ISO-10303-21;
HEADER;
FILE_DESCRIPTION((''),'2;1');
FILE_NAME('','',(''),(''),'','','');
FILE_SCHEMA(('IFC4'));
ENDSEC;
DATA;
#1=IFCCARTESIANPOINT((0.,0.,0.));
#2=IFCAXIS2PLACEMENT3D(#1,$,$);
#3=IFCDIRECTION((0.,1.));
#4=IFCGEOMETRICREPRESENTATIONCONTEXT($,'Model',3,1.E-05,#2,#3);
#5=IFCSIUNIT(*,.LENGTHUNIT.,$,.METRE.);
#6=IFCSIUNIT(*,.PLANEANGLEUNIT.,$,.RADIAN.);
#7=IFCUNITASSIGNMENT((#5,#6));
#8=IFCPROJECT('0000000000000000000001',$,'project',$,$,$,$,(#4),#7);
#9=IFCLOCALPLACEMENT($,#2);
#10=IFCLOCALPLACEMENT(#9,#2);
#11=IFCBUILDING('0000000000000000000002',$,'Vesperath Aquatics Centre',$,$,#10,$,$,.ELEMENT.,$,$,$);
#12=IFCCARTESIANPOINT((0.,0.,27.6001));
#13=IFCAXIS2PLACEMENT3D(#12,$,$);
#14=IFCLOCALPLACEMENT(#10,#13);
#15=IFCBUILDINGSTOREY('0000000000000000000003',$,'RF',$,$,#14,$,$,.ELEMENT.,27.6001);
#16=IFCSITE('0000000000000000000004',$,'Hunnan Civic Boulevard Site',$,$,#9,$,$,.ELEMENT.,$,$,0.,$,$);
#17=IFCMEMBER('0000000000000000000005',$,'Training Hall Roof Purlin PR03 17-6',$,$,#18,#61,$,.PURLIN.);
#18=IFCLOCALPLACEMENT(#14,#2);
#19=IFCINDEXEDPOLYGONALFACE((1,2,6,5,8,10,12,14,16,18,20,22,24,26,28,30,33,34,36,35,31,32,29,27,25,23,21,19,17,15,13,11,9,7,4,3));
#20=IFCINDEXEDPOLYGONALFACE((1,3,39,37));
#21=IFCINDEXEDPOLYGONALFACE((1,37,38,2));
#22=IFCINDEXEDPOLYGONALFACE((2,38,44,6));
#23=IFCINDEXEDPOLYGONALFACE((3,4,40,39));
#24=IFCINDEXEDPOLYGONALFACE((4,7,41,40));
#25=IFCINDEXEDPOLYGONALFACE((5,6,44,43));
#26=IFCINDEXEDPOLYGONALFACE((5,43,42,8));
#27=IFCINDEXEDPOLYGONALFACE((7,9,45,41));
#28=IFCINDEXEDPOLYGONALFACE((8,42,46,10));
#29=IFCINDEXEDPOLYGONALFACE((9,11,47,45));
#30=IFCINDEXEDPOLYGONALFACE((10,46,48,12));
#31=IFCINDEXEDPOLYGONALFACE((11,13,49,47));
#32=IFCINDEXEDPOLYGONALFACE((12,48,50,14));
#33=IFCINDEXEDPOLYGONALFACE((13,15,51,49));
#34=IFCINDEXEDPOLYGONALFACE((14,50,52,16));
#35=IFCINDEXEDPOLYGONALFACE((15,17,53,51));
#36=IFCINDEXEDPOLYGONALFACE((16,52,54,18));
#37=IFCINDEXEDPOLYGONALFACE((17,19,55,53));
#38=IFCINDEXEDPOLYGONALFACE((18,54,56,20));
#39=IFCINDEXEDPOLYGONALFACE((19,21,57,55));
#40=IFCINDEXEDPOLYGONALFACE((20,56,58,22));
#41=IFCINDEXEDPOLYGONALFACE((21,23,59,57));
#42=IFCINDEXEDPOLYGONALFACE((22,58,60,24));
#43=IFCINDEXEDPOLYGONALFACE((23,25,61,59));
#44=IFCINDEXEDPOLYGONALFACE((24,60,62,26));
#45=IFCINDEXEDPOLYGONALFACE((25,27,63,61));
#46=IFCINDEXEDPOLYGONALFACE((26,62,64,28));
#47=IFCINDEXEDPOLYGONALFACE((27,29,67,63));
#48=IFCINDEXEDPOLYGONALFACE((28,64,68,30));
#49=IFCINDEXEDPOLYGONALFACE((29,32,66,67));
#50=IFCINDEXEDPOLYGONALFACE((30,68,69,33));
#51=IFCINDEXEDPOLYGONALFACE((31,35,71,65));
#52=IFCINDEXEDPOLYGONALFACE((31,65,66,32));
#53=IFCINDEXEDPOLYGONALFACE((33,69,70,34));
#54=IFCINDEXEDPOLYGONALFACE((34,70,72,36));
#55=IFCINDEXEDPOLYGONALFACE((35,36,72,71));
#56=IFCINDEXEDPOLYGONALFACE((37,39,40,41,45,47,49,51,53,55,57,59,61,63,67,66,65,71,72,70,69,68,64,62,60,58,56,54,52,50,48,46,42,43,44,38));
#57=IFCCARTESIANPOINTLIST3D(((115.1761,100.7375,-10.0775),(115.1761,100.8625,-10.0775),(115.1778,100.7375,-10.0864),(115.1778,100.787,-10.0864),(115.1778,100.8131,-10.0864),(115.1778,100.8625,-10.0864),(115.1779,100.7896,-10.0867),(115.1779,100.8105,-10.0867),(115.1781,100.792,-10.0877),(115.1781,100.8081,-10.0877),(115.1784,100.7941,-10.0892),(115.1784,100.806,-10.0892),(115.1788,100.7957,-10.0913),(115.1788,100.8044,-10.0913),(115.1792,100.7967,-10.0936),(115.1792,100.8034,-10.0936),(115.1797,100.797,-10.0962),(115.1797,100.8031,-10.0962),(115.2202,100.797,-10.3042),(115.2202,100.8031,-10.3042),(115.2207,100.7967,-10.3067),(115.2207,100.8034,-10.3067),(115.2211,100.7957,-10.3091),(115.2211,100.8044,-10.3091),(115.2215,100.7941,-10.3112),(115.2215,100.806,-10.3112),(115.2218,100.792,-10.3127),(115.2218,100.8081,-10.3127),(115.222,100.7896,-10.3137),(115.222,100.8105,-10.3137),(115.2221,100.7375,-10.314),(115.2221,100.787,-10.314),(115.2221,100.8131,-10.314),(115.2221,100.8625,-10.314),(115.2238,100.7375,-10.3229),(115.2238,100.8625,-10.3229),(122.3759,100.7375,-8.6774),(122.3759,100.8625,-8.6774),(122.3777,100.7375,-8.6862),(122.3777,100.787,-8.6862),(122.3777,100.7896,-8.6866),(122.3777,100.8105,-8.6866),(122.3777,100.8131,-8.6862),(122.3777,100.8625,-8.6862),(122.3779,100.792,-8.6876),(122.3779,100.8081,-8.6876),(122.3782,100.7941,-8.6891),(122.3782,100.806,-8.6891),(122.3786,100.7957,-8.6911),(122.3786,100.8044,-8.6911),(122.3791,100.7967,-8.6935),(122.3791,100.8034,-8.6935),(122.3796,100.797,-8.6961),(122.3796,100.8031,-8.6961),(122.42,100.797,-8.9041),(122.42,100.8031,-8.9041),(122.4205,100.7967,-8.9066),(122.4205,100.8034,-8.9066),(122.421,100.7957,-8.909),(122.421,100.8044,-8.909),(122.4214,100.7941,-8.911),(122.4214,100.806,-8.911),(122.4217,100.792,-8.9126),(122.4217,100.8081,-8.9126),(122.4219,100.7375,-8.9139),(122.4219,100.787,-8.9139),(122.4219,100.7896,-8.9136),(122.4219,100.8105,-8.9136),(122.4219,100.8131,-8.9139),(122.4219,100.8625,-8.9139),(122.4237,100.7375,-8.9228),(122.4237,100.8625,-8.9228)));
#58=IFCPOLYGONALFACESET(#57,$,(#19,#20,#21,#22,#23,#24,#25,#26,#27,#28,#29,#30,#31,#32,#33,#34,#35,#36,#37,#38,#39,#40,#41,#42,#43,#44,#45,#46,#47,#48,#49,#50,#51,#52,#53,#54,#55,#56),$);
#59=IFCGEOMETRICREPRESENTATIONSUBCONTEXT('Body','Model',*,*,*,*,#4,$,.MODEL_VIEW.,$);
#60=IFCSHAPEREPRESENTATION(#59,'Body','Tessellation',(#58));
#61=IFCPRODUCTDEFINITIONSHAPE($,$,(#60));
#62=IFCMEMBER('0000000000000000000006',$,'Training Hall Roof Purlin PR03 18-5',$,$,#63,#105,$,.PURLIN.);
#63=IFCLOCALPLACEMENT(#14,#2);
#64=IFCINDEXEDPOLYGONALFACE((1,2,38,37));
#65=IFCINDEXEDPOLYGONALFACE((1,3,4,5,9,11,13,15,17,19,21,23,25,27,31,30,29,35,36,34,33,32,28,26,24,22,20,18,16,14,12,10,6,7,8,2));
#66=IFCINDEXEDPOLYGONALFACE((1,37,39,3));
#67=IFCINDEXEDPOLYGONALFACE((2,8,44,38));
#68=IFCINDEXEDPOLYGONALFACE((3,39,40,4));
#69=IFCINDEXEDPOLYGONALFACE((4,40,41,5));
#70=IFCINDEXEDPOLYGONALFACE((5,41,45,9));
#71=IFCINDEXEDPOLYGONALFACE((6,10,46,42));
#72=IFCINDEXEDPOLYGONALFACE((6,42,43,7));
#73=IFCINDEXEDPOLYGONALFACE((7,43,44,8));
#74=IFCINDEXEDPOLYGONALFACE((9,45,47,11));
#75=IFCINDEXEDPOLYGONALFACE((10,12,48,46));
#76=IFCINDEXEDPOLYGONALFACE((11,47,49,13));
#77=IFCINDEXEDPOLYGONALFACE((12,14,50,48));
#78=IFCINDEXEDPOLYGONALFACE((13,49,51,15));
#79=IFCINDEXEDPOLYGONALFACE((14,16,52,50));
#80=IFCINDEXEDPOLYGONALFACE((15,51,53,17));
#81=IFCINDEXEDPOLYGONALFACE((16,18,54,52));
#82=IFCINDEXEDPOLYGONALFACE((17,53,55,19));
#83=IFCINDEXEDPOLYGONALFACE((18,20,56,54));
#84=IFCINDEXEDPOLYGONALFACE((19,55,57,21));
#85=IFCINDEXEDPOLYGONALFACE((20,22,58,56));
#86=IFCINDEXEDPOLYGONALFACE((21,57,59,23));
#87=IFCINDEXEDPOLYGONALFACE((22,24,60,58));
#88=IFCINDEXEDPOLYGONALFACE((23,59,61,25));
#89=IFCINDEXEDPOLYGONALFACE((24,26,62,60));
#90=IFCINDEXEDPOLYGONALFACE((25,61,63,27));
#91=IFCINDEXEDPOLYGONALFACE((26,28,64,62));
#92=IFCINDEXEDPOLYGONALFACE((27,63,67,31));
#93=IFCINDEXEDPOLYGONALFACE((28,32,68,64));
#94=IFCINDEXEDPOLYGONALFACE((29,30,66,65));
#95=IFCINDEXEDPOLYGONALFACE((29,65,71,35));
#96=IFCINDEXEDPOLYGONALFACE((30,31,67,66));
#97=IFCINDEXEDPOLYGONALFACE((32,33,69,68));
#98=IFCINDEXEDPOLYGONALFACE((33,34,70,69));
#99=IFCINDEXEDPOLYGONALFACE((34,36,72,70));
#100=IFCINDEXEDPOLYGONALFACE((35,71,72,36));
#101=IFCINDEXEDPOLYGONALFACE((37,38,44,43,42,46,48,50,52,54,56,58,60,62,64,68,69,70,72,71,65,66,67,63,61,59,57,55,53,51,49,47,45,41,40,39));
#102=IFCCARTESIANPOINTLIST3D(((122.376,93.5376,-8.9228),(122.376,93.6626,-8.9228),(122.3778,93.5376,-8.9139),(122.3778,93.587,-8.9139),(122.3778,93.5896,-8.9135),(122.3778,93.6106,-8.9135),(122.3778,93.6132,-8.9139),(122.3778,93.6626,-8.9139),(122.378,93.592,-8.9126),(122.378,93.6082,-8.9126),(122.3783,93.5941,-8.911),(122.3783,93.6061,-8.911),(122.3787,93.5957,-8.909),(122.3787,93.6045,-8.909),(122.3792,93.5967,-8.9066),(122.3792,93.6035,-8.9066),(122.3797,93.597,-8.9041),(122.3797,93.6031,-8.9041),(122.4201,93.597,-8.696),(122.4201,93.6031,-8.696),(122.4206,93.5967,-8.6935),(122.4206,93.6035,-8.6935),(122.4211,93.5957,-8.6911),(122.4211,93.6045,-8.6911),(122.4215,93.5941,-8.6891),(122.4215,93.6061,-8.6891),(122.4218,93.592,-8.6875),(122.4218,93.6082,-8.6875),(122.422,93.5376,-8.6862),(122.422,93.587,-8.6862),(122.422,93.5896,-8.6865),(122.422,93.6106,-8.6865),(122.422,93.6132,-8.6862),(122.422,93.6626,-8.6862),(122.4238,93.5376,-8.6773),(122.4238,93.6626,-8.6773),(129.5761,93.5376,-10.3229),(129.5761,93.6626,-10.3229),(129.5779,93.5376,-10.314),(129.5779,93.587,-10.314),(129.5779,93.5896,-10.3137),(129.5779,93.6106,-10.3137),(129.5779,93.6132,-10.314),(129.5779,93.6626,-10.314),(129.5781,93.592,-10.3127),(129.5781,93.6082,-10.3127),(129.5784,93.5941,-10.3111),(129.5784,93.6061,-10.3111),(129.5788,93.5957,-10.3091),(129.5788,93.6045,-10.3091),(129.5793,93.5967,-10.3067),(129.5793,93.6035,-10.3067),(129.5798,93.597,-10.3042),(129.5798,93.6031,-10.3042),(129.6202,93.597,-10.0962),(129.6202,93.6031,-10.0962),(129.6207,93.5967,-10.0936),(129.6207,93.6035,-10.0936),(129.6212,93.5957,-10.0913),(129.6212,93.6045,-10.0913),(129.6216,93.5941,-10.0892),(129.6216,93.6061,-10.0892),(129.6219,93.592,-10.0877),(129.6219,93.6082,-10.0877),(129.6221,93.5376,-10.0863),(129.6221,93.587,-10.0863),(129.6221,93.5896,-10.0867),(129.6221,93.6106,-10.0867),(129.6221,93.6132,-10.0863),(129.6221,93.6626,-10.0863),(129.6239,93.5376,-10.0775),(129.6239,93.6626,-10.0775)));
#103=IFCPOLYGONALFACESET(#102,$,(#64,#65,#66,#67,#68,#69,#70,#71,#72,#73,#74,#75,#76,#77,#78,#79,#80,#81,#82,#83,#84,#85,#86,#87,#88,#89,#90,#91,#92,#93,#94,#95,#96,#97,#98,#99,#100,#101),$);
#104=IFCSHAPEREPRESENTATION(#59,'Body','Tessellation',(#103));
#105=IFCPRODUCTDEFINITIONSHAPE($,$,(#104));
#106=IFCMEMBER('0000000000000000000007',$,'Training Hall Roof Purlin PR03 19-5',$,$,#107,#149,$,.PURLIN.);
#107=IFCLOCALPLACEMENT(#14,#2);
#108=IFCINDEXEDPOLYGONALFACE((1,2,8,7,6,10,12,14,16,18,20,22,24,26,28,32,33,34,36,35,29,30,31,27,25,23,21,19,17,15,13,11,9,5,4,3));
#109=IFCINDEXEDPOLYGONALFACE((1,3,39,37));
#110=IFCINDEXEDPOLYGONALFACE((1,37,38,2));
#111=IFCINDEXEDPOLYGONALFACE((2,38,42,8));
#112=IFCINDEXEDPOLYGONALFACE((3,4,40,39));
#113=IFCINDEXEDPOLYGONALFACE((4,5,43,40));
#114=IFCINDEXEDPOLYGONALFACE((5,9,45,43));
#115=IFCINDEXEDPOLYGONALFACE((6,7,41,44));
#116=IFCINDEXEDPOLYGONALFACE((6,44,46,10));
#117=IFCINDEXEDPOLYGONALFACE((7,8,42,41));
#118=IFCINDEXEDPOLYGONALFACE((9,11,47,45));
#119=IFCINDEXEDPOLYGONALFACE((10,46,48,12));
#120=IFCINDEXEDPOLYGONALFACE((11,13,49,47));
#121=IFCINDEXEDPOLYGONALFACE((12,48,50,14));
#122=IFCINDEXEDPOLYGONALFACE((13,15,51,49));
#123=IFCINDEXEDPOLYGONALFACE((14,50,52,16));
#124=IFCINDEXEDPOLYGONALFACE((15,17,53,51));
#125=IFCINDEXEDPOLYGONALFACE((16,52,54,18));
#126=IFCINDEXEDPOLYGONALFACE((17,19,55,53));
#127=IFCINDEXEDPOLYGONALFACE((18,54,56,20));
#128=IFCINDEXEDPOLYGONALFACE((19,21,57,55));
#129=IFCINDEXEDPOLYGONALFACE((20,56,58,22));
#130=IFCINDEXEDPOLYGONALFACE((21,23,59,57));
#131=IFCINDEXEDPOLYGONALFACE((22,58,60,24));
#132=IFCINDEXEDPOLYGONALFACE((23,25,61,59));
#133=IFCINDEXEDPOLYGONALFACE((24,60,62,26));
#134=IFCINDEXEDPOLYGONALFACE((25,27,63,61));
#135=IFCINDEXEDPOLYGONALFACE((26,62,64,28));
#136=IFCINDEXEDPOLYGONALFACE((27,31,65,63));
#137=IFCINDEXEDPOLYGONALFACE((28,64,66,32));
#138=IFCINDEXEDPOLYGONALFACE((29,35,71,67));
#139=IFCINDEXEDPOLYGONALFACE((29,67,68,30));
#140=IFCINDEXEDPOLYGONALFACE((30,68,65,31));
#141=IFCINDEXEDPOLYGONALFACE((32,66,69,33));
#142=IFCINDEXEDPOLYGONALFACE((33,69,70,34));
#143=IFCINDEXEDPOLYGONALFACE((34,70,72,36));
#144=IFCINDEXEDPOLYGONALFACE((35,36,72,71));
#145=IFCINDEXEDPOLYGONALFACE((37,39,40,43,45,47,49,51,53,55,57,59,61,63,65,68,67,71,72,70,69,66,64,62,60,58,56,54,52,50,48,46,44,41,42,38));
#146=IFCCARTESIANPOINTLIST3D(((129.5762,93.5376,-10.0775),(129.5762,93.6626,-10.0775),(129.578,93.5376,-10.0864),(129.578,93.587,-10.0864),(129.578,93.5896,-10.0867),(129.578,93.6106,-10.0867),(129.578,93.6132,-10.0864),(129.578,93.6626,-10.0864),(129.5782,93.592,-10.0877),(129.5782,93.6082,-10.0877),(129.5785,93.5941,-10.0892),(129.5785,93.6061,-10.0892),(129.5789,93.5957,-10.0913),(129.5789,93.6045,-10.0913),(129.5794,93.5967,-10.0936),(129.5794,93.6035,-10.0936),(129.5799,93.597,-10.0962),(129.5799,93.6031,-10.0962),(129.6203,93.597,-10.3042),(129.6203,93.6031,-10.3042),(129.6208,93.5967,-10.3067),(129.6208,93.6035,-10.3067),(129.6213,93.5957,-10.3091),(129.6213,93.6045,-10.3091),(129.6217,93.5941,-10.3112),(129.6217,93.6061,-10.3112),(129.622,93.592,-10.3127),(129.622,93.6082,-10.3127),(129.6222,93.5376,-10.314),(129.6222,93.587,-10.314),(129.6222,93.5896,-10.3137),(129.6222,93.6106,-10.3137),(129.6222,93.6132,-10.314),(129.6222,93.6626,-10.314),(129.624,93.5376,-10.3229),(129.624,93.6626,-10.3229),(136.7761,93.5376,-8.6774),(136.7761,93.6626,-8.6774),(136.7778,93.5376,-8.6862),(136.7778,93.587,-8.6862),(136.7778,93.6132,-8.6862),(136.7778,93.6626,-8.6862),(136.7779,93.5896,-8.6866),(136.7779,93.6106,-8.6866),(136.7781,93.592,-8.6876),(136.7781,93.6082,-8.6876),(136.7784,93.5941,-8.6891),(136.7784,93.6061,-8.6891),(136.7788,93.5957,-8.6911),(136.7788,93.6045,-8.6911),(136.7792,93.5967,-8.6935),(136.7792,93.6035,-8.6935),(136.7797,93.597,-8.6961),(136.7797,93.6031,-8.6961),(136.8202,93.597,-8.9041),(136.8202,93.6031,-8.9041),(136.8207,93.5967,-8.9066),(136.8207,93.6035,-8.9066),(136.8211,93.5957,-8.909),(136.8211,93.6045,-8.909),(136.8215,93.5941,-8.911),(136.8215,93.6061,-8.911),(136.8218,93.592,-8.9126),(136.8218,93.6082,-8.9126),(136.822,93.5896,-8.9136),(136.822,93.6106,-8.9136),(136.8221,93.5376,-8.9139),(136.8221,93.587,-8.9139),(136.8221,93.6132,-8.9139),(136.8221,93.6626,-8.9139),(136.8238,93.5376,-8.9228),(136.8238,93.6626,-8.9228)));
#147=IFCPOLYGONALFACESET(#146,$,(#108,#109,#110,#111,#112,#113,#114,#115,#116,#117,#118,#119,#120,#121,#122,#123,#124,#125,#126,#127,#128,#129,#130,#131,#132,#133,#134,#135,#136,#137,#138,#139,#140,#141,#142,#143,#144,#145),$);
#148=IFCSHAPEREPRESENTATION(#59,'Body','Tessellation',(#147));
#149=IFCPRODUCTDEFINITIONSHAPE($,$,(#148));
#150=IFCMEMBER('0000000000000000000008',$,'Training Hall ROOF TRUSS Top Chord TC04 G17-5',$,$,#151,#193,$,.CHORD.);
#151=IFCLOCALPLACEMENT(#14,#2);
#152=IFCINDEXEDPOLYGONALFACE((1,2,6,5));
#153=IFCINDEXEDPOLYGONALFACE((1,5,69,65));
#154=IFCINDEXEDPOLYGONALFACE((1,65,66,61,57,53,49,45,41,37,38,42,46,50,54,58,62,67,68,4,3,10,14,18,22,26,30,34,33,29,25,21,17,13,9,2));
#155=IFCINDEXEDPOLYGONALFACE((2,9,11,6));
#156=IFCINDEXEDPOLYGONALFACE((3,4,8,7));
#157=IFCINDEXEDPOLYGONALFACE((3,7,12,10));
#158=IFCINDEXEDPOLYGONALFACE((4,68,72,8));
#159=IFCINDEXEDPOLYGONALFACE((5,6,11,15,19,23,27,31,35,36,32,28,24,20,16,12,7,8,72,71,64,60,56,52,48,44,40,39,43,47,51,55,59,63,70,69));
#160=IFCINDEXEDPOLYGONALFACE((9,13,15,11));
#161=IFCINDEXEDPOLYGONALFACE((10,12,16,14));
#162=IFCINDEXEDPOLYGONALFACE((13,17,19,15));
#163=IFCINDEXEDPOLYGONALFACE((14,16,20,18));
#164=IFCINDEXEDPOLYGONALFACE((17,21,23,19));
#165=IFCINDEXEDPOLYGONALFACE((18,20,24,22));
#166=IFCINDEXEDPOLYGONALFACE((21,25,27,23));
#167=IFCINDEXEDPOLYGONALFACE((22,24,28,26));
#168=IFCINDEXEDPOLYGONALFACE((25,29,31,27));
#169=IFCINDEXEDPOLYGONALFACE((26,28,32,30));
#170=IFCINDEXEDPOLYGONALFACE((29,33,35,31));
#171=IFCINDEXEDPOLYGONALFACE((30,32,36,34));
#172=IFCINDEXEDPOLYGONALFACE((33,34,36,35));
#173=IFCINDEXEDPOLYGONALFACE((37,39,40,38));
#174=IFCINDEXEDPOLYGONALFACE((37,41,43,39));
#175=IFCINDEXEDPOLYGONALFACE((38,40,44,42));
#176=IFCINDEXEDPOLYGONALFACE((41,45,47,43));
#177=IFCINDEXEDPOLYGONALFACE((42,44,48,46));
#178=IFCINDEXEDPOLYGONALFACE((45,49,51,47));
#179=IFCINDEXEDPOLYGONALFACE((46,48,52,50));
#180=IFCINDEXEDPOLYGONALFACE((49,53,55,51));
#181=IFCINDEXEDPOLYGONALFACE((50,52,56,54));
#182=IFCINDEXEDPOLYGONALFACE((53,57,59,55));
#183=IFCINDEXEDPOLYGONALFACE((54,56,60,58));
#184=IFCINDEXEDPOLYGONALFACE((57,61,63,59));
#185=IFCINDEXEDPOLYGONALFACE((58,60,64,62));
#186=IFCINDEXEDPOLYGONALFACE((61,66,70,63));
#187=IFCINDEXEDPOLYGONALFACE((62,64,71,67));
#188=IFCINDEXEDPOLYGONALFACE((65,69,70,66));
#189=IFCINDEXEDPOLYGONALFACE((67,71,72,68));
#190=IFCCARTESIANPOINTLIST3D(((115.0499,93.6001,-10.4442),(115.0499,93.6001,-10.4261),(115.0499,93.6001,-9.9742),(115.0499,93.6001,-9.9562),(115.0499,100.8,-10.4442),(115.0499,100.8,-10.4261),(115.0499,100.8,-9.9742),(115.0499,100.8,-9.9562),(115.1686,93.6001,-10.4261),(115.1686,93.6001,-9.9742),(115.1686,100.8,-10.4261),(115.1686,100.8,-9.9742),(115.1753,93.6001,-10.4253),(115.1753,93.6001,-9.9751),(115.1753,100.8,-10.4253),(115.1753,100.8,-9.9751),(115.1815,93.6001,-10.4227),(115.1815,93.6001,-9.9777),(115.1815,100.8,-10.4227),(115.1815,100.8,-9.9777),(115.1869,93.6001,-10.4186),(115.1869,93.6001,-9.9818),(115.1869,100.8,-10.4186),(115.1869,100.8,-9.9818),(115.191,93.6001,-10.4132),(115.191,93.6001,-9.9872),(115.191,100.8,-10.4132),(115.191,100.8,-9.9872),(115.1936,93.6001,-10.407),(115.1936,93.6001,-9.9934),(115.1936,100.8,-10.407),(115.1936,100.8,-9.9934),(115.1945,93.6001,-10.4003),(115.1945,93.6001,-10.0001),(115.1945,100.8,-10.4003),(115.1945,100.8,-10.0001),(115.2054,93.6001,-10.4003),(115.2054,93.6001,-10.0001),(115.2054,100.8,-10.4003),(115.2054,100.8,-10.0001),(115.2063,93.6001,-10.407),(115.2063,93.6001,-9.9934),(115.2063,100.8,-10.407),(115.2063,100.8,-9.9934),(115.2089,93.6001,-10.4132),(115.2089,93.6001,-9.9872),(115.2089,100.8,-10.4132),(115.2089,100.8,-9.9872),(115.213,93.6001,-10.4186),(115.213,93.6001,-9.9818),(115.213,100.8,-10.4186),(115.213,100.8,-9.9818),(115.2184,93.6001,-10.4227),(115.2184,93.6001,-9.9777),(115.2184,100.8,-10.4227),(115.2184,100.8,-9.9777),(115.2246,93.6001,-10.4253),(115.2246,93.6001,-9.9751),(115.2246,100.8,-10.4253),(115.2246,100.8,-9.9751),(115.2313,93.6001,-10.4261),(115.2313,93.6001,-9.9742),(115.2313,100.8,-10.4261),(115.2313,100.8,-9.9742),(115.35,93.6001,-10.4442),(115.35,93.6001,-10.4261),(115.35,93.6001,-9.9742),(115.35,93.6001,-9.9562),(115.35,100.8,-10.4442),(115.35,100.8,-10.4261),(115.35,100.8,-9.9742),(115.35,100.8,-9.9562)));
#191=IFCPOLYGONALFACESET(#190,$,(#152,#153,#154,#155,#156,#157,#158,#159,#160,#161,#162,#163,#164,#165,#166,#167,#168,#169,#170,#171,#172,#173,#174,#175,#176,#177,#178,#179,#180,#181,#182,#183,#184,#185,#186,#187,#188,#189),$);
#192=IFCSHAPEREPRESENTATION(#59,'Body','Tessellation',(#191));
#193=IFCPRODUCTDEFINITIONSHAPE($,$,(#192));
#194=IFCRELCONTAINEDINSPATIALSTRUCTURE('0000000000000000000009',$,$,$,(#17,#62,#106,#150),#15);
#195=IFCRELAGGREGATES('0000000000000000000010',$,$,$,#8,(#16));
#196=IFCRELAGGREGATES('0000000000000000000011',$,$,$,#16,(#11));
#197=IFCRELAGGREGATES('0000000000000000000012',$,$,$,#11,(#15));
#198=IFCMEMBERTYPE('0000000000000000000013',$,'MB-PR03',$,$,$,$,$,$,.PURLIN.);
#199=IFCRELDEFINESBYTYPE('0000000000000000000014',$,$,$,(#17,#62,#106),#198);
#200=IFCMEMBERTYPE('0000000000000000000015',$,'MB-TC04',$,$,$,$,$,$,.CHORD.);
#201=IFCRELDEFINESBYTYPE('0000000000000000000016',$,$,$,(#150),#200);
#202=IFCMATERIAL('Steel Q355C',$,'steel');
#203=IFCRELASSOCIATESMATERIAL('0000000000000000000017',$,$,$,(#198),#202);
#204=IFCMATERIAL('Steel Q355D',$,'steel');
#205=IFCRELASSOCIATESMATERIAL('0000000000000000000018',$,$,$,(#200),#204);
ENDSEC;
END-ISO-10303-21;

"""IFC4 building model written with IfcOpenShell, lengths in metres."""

from ifc_helpers import new_model, si_unit, direction, frame, origin, origin_2d, place, context, subcontext, project, spatial, i_section, extrude, material, material_profile, profile_set, type_object, element, save


model = new_model("IFC4")

# Units and contexts
model_context = context("Model", 3, precision=1e-05, world=origin(), true_north=direction((0.0, 1.0)))
body_context = subcontext(model_context, "Body", "Model", "MODEL_VIEW")
ifc_project = project(units=[si_unit("LENGTHUNIT", "METRE"), si_unit("PLANEANGLEUNIT", "RADIAN")], contexts=[model_context])

# Site, building, storey
site_placement = place(None, origin())
site = spatial("IfcSite", under=ifc_project, at=site_placement, Name="Hunnan Civic Boulevard Site", CompositionType="ELEMENT", RefElevation=0.0)
building_placement = place(site_placement, origin())
building = spatial("IfcBuilding", under=site, at=building_placement, Name="Vesperath Aquatics Centre", CompositionType="ELEMENT")
storey_placement = place(building_placement, frame((0.0, 0.0, 27.6001)))
storey = spatial("IfcBuildingStorey", under=building, at=storey_placement, Name="RF", CompositionType="ELEMENT", Elevation=27.6001)

# Shared definitions
ifc_material_1 = material(Name="Steel Q355C", Category="steel")

# Members
ifc_material_2 = material(Name="Steel Q355D", Category="steel")
ifc_material_profile_1 = material_profile(ifc_material_1, i_section(OverallWidth=0.125, OverallDepth=0.25, WebThickness=0.0061, FlangeThickness=0.009, FilletRadius=0.01, at=origin_2d()), Name="HN 250x125x6x9")
ifc_profile_set_1 = profile_set([ifc_material_profile_1], Name="Steel Q355C")
member_type_1 = type_object("IfcMemberType", Name="MB-PR03", PredefinedType="PURLIN", material=ifc_profile_set_1)
for number, where, z_axis, x_axis, name in (
    (1, (115.2, 100.8, -10.2002), (0.981611, 0.0, 0.19089), (0.0, 1.0, 0.0), "Training Hall Roof Purlin PR03 17-6"),
):
    element("IfcMember", number, at=place(storey_placement, frame(where, z_axis=z_axis, x_axis=x_axis)), inside=storey, type_object=member_type_1, Name=name, PredefinedType="PURLIN", context=body_context, shape_type="SweptSolid", body=[
        extrude(i_section(OverallWidth=0.125, OverallDepth=0.25, WebThickness=0.0061, FlangeThickness=0.009, FilletRadius=0.01, at=origin_2d()), origin(), (0.0, 0.0, 1.0), 7.3347),
    ])
member_1_placement = place(storey_placement, frame((122.3999, 93.6001, -8.8), z_axis=(0.981613, 0.0, -0.190884), x_axis=(0.0, 1.0, 0.0)))
element("IfcMember", 2, at=member_1_placement, inside=storey, type_object=member_type_1, Name="Training Hall Roof Purlin PR03 18-5", PredefinedType="PURLIN", context=body_context, shape_type="SweptSolid", body=[
    extrude(i_section(OverallWidth=0.125, OverallDepth=0.25, WebThickness=0.0061, FlangeThickness=0.009, FilletRadius=0.01, at=origin_2d()), origin(), (0.0, 0.0, 1.0), 7.335),
])
member_2_placement = place(storey_placement, frame((129.6001, 93.6001, -10.2002), z_axis=(0.981611, 0.0, 0.19089), x_axis=(0.0, 1.0, 0.0)))
element("IfcMember", 3, at=member_2_placement, inside=storey, type_object=member_type_1, Name="Training Hall Roof Purlin PR03 19-5", PredefinedType="PURLIN", context=body_context, shape_type="SweptSolid", body=[
    extrude(i_section(OverallWidth=0.125, OverallDepth=0.25, WebThickness=0.0061, FlangeThickness=0.009, FilletRadius=0.01, at=origin_2d()), origin(), (0.0, 0.0, 1.0), 7.3347),
])
ifc_material_profile_2 = material_profile(ifc_material_2, i_section(OverallWidth=0.3, OverallDepth=0.488, WebThickness=0.011, FlangeThickness=0.0181, FilletRadius=0.0259, at=origin_2d()), Name="HM 488x300x11x18")
ifc_profile_set_2 = profile_set([ifc_material_profile_2], Name="Steel Q355D")
member_type_2 = type_object("IfcMemberType", Name="MB-TC04", PredefinedType="CHORD", material=ifc_profile_set_2)
for number, where, z_axis, x_axis, name in (
    (4, (115.2, 93.6001, -10.2002), (0.0, 1.0, 0.0), (-1.0, 0.0, 0.0), "Training Hall ROOF TRUSS Top Chord TC04 G17-5"),
):
    element("IfcMember", number, at=place(storey_placement, frame(where, z_axis=z_axis, x_axis=x_axis)), inside=storey, type_object=member_type_2, Name=name, PredefinedType="CHORD", context=body_context, shape_type="SweptSolid", body=[
        extrude(i_section(OverallWidth=0.3, OverallDepth=0.488, WebThickness=0.011, FlangeThickness=0.0181, FilletRadius=0.0259, at=origin_2d()), origin(), (0.0, 0.0, 1.0), 7.2),
    ])

save(model, "model.ifc")
